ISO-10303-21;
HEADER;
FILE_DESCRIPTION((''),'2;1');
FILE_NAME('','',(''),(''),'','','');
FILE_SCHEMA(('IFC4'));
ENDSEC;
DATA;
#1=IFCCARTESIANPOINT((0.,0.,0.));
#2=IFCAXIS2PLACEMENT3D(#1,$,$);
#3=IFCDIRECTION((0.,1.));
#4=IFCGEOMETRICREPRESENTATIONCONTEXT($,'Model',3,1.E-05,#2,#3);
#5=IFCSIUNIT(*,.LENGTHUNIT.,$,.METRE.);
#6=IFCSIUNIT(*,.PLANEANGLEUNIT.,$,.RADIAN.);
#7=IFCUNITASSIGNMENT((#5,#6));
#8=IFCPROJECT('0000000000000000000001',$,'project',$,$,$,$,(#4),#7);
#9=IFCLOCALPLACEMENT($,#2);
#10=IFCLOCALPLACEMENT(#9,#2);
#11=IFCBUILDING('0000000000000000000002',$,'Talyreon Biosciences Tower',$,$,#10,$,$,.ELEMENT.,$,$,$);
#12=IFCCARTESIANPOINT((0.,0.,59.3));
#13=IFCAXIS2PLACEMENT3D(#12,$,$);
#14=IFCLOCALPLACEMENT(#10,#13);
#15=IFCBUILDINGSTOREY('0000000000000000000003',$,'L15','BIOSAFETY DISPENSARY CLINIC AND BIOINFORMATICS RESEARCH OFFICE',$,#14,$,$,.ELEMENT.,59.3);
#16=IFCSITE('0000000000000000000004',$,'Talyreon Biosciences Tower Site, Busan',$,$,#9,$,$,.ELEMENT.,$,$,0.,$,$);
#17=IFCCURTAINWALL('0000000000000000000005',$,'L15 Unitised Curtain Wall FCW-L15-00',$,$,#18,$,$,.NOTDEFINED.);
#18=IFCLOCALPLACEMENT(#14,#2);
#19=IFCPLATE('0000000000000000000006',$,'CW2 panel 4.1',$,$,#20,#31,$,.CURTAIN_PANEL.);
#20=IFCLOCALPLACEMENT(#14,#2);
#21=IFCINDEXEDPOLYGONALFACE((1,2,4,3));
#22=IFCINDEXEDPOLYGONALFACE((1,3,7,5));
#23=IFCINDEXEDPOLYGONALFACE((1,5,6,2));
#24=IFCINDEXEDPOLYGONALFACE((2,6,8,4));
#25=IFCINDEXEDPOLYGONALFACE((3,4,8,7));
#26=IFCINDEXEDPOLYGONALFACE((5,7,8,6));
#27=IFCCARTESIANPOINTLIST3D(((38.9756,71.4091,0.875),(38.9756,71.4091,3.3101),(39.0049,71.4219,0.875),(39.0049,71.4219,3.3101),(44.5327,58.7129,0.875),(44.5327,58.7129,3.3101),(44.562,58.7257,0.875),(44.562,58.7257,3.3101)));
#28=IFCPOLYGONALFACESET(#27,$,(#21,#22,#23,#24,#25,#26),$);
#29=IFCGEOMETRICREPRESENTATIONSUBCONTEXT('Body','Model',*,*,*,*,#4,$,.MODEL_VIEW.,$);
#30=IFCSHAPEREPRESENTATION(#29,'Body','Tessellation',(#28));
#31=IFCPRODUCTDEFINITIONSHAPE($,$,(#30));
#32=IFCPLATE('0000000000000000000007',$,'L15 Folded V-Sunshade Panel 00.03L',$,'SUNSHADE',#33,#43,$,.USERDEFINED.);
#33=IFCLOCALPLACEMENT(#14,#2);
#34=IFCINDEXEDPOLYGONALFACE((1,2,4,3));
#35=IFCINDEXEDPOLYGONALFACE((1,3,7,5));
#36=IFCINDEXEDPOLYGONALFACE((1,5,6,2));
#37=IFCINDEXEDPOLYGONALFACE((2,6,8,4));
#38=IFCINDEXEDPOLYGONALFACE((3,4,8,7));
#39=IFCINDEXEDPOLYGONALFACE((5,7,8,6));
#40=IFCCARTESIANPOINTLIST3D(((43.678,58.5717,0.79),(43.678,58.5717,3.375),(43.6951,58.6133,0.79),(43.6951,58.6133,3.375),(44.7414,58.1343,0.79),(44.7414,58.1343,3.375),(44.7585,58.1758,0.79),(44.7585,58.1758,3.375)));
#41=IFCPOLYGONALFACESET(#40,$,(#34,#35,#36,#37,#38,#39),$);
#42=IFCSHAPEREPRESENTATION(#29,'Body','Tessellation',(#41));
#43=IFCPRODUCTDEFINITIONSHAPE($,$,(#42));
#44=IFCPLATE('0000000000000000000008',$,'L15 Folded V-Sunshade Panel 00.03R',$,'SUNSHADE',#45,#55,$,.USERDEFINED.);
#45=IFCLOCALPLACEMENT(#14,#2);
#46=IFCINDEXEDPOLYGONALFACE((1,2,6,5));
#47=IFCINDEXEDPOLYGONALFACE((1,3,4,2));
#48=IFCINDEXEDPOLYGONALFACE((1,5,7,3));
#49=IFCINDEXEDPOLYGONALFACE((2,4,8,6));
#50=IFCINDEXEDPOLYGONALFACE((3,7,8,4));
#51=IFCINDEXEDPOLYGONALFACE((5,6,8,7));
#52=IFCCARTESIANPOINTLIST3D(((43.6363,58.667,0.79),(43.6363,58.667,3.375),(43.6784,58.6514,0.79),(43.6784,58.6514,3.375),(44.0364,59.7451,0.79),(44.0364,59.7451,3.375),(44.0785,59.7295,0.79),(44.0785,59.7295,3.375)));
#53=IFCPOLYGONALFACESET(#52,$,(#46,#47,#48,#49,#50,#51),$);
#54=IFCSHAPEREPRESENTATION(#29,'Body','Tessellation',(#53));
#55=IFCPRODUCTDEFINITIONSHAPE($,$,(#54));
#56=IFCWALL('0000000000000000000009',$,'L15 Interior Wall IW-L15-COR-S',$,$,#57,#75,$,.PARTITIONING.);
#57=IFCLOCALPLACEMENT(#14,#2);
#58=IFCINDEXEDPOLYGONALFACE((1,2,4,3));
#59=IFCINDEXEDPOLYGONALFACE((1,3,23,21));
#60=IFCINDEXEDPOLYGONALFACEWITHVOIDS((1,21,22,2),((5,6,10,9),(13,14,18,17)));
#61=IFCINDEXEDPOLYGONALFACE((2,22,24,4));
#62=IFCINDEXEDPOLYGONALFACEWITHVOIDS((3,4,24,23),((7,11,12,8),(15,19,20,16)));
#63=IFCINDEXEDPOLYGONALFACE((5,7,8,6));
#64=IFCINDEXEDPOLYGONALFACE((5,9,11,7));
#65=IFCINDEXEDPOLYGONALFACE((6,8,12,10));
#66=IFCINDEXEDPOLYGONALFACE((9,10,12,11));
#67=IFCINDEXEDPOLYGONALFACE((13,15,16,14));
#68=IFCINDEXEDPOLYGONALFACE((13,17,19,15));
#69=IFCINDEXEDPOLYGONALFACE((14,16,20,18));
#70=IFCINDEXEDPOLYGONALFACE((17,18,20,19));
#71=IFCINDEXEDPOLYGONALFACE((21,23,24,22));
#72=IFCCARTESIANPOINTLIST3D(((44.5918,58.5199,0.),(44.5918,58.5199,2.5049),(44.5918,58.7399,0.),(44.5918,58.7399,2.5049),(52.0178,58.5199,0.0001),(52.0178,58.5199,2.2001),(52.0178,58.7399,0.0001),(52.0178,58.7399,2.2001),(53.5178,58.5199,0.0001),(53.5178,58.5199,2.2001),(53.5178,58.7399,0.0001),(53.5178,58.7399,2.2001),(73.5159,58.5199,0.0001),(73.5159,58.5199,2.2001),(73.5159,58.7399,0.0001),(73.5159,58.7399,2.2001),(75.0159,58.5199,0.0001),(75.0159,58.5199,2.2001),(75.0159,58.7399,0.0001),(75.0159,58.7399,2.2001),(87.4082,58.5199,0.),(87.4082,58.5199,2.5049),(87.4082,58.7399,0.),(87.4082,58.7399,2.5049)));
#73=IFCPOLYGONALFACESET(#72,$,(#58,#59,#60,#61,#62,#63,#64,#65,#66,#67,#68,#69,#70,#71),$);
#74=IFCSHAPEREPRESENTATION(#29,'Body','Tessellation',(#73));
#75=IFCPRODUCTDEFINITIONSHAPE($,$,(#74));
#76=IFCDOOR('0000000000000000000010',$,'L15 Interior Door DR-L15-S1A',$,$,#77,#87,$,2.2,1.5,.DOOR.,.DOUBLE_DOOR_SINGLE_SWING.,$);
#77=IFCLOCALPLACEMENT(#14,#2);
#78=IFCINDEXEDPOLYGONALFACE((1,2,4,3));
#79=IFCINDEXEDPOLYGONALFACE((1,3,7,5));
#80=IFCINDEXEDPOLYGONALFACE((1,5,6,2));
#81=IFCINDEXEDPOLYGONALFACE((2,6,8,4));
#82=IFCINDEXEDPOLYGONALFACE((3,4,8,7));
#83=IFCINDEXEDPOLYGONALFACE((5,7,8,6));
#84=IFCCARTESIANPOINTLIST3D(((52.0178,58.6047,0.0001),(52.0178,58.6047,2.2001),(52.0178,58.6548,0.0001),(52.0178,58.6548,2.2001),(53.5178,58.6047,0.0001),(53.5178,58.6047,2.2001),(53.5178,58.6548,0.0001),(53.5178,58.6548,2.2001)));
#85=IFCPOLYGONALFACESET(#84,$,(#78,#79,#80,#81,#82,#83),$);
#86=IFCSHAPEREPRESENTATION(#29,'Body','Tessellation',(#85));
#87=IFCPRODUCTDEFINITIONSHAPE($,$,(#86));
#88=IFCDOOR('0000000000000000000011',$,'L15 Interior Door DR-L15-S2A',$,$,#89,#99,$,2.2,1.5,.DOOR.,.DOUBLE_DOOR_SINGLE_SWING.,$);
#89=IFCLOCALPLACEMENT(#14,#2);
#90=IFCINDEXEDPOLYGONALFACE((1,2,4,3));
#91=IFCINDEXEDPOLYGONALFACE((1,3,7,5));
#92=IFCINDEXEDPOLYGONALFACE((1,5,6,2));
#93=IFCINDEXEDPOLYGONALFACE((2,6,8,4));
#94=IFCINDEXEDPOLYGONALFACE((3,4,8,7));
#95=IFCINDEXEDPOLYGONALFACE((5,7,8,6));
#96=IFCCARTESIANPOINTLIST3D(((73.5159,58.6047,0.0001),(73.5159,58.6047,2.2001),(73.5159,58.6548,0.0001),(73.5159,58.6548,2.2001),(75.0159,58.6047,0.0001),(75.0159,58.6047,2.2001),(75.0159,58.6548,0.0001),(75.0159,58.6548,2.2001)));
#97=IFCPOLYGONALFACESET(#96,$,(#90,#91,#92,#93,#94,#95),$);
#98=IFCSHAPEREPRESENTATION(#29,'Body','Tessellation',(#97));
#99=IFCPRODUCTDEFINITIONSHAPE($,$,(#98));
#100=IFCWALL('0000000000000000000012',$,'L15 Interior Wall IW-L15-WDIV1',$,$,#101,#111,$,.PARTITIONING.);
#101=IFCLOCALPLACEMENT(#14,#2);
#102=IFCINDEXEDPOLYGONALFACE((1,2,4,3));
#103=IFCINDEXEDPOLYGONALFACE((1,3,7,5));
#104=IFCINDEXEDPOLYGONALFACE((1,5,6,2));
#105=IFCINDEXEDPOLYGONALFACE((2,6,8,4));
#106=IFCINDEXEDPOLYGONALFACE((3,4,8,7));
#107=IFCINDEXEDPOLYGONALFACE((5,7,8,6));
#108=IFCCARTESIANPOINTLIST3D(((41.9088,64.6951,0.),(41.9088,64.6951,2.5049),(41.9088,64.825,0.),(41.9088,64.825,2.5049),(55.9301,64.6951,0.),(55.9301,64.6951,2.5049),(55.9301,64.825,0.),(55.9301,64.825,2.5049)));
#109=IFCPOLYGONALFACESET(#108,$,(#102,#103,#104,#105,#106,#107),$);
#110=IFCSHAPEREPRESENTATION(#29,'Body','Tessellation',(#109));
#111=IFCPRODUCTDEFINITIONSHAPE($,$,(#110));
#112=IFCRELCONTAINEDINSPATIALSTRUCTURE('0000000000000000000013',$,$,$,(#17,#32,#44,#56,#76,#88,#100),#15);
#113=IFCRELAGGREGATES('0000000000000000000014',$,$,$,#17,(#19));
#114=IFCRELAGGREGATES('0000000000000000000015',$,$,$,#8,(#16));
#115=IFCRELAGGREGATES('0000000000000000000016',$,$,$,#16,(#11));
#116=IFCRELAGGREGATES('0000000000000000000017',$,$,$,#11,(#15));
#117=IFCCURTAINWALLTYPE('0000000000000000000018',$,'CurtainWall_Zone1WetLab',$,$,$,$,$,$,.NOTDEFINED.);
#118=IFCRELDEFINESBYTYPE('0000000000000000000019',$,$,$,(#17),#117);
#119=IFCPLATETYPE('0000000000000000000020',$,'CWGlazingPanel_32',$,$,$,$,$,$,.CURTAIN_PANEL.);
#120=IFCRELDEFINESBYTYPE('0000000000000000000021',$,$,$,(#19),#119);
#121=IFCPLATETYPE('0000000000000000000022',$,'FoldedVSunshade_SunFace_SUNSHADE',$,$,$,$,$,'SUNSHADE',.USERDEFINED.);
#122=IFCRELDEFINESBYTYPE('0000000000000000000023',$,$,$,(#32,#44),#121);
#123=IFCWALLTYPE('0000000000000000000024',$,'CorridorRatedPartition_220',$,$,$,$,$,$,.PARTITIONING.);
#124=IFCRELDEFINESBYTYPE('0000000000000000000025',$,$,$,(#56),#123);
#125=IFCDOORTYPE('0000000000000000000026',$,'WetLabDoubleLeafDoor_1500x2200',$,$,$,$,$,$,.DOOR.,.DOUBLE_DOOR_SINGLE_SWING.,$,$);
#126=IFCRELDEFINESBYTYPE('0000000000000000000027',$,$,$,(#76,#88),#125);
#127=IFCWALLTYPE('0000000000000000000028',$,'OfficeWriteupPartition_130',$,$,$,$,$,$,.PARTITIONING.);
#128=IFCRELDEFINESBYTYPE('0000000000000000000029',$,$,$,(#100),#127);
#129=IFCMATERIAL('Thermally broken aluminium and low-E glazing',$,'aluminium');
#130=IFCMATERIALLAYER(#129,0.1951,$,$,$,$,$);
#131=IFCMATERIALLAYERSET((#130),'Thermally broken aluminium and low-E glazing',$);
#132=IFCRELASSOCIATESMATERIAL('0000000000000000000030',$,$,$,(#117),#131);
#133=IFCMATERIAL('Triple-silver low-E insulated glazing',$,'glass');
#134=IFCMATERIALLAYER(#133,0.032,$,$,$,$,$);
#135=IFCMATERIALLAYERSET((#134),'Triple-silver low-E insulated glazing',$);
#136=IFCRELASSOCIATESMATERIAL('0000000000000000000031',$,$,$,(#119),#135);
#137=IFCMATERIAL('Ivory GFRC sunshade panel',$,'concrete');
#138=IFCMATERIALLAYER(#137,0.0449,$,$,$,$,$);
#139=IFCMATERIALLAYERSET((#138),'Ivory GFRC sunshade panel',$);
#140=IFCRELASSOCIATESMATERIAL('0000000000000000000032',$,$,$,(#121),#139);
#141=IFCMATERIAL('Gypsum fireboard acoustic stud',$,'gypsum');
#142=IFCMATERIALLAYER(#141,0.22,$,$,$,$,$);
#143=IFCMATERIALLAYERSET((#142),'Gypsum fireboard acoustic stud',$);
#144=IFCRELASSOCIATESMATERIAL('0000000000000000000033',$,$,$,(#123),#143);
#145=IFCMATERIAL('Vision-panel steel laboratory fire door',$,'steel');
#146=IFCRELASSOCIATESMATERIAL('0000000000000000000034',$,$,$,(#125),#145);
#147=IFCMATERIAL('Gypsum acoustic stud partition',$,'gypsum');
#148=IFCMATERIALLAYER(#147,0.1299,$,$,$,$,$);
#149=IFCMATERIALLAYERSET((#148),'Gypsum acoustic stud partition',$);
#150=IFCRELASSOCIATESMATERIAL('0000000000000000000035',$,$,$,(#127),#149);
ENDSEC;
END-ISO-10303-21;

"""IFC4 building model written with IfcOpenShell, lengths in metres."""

from ifc_helpers import new_model, si_unit, direction, frame, frame_2d, origin, origin_2d, place, context, subcontext, project, spatial, rectangle, extrude, material, layer, layer_set, type_object, element, fill, aggregate, save


model = new_model("IFC4")

# Units and contexts
model_context = context("Model", 3, precision=1e-05, world=origin(), true_north=direction((0.0, 1.0)))
body_context = subcontext(model_context, "Body", "Model", "MODEL_VIEW")
ifc_project = project(units=[si_unit("LENGTHUNIT", "METRE"), si_unit("PLANEANGLEUNIT", "RADIAN")], contexts=[model_context])

# Site, building, storey
site_placement = place(None, origin())
site = spatial("IfcSite", under=ifc_project, at=site_placement, Name="Talyreon Biosciences Tower Site, Busan", CompositionType="ELEMENT", RefElevation=0.0)
building_placement = place(site_placement, origin())
building = spatial("IfcBuilding", under=site, at=building_placement, Name="Talyreon Biosciences Tower", CompositionType="ELEMENT")
storey_placement = place(building_placement, frame((0.0, 0.0, 59.3)))
storey = spatial("IfcBuildingStorey", under=building, at=storey_placement, Name="L15", Description="BIOSAFETY DISPENSARY CLINIC AND BIOINFORMATICS RESEARCH OFFICE", CompositionType="ELEMENT", Elevation=59.3)

# Curtain wall
ifc_material_1 = material(Name="Thermally broken aluminium and low-E glazing", Category="aluminium")
ifc_layer_1 = layer(ifc_material_1, 0.1951)
ifc_layer_set_1 = layer_set([ifc_layer_1], Name="Thermally broken aluminium and low-E glazing")
curtain_wall_type = type_object("IfcCurtainWallType", Name="CurtainWall_Zone1WetLab", PredefinedType="NOTDEFINED", material=ifc_layer_set_1)
curtain_wall_placement = place(storey_placement, origin())
curtain_wall = element("IfcCurtainWall", 1, at=curtain_wall_placement, inside=storey, type_object=curtain_wall_type, Name="L15 Unitised Curtain Wall FCW-L15-00", PredefinedType="NOTDEFINED")

# Plate
ifc_material_2 = material(Name="Triple-silver low-E insulated glazing", Category="glass")
ifc_layer_2 = layer(ifc_material_2, 0.032)
ifc_layer_set_2 = layer_set([ifc_layer_2], Name="Triple-silver low-E insulated glazing")
plate_type_1 = type_object("IfcPlateType", Name="CWGlazingPanel_32", PredefinedType="CURTAIN_PANEL", material=ifc_layer_set_2)
plate_placement = place(storey_placement, frame((41.7688, 65.0674, 0.875), z_axis=(0.0, 0.0, 1.0), x_axis=(-0.400968, 0.916092, 0.0)))
plate = element("IfcPlate", 2, at=plate_placement, type_object=plate_type_1, Name="CW2 panel 4.1", PredefinedType="CURTAIN_PANEL", context=body_context, shape_type="SweptSolid", body=[
    extrude(rectangle(XDim=13.8591, YDim=0.032, at=origin_2d()), origin(), (0.0, 0.0, 1.0), 2.4351),
])
aggregate(curtain_wall, [plate])

# Plates
ifc_material_3 = material(Name="Ivory GFRC sunshade panel", Category="concrete")
ifc_layer_3 = layer(ifc_material_3, 0.0449)
ifc_layer_set_3 = layer_set([ifc_layer_3], Name="Ivory GFRC sunshade panel")
plate_type_2 = type_object("IfcPlateType", Name="FoldedVSunshade_SunFace_SUNSHADE", ElementType="SUNSHADE", PredefinedType="USERDEFINED", material=ifc_layer_set_3)
for number, where, z_axis, x_axis, name in (
    (3, (44.2183, 58.3738, 0.79), (0.0, 0.0, 1.0), (-0.924805, 0.380441, 0.0), "L15 Folded V-Sunshade Panel 00.03L"),
    (4, (43.8574, 59.1982, 0.79), (0.0, 0.0, 1.0), (0.347934, 0.937519, 0.0), "L15 Folded V-Sunshade Panel 00.03R"),
):
    element("IfcPlate", number, at=place(storey_placement, frame(where, z_axis=z_axis, x_axis=x_axis)), inside=storey, type_object=plate_type_2, Name=name, ObjectType="SUNSHADE", PredefinedType="USERDEFINED", context=body_context, shape_type="SweptSolid", body=[
        extrude(rectangle(XDim=1.1499, YDim=0.0449, at=origin_2d()), origin(), (0.0, 0.0, 1.0), 2.585),
    ])

# Wall, openings, doors
ifc_material_4 = material(Name="Gypsum fireboard acoustic stud", Category="gypsum")
ifc_layer_4 = layer(ifc_material_4, 0.22)
ifc_layer_set_4 = layer_set([ifc_layer_4], Name="Gypsum fireboard acoustic stud")
wall_type_1 = type_object("IfcWallType", Name="CorridorRatedPartition_220", PredefinedType="PARTITIONING", material=ifc_layer_set_4)
wall_1_placement = place(storey_placement, frame((44.5918, 58.6299, 0.0), z_axis=(0.0, 0.0, 1.0), x_axis=(1.0, 0.0, 0.0)))
wall_1 = element("IfcWall", 5, at=wall_1_placement, inside=storey, type_object=wall_type_1, Name="L15 Interior Wall IW-L15-COR-S", PredefinedType="PARTITIONING", context=body_context, shape_type="SweptSolid", body=[
    extrude(rectangle(XDim=42.8164, YDim=0.22, at=frame_2d((21.4082, 0.0))), origin(), (0.0, 0.0, 1.0), 2.5049),
])
opening_1_placement = place(wall_1_placement, frame((7.426, 0.0, 0.0)))
opening_1 = element("IfcOpeningElement", 6, at=opening_1_placement, cuts=wall_1, PredefinedType="OPENING", context=body_context, shape_type="SweptSolid", body=[
    extrude(rectangle(XDim=1.5, YDim=2.2, at=frame_2d((0.75, 1.1001))), frame((0.0, 0.1199, 0.0), z_axis=(0.0, -1.0, 0.0), x_axis=(1.0, 0.0, 0.0)), (0.0, 0.0, 1.0), 0.24),
])
opening_2_placement = place(wall_1_placement, frame((28.9241, 0.0, 0.0)))
opening_2 = element("IfcOpeningElement", 7, at=opening_2_placement, cuts=wall_1, PredefinedType="OPENING", context=body_context, shape_type="SweptSolid", body=[
    extrude(rectangle(XDim=1.5, YDim=2.2, at=frame_2d((0.75, 1.1001))), frame((0.0, 0.1199, 0.0), z_axis=(0.0, -1.0, 0.0), x_axis=(1.0, 0.0, 0.0)), (0.0, 0.0, 1.0), 0.24),
])
ifc_material_5 = material(Name="Vision-panel steel laboratory fire door", Category="steel")
door_type = type_object("IfcDoorType", Name="WetLabDoubleLeafDoor_1500x2200", OperationType="DOUBLE_DOOR_SINGLE_SWING", PredefinedType="DOOR", material=ifc_material_5)
door_1_placement = place(opening_1_placement, origin())
door_1 = element("IfcDoor", 8, at=door_1_placement, inside=storey, type_object=door_type, Name="L15 Interior Door DR-L15-S1A", OperationType="DOUBLE_DOOR_SINGLE_SWING", OverallHeight=2.2, OverallWidth=1.5, PredefinedType="DOOR", context=body_context, shape_type="SweptSolid", body=[
    extrude(rectangle(XDim=1.5, YDim=2.2, at=frame_2d((0.75, 1.1001))), frame((0.0, 0.0249, 0.0), z_axis=(0.0, -1.0, 0.0), x_axis=(1.0, 0.0, 0.0)), (0.0, 0.0, 1.0), 0.05),
])
fill(opening_1, door_1)
door_2_placement = place(opening_2_placement, origin())
door_2 = element("IfcDoor", 9, at=door_2_placement, inside=storey, type_object=door_type, Name="L15 Interior Door DR-L15-S2A", OperationType="DOUBLE_DOOR_SINGLE_SWING", OverallHeight=2.2, OverallWidth=1.5, PredefinedType="DOOR", context=body_context, shape_type="SweptSolid", body=[
    extrude(rectangle(XDim=1.5, YDim=2.2, at=frame_2d((0.75, 1.1001))), frame((0.0, 0.0249, 0.0), z_axis=(0.0, -1.0, 0.0), x_axis=(1.0, 0.0, 0.0)), (0.0, 0.0, 1.0), 0.05),
])
fill(opening_2, door_2)

# Wall
ifc_material_6 = material(Name="Gypsum acoustic stud partition", Category="gypsum")
ifc_layer_5 = layer(ifc_material_6, 0.1299)
ifc_layer_set_5 = layer_set([ifc_layer_5], Name="Gypsum acoustic stud partition")
wall_type_2 = type_object("IfcWallType", Name="OfficeWriteupPartition_130", PredefinedType="PARTITIONING", material=ifc_layer_set_5)
wall_2_placement = place(storey_placement, frame((41.9087, 64.76, 0.0), z_axis=(0.0, 0.0, 1.0), x_axis=(1.0, 0.0, 0.0)))
element("IfcWall", 10, at=wall_2_placement, inside=storey, type_object=wall_type_2, Name="L15 Interior Wall IW-L15-WDIV1", PredefinedType="PARTITIONING", context=body_context, shape_type="SweptSolid", body=[
    extrude(rectangle(XDim=14.0212, YDim=0.1299, at=frame_2d((7.0107, 0.0))), origin(), (0.0, 0.0, 1.0), 2.5049),
])

save(model, "model.ifc")
